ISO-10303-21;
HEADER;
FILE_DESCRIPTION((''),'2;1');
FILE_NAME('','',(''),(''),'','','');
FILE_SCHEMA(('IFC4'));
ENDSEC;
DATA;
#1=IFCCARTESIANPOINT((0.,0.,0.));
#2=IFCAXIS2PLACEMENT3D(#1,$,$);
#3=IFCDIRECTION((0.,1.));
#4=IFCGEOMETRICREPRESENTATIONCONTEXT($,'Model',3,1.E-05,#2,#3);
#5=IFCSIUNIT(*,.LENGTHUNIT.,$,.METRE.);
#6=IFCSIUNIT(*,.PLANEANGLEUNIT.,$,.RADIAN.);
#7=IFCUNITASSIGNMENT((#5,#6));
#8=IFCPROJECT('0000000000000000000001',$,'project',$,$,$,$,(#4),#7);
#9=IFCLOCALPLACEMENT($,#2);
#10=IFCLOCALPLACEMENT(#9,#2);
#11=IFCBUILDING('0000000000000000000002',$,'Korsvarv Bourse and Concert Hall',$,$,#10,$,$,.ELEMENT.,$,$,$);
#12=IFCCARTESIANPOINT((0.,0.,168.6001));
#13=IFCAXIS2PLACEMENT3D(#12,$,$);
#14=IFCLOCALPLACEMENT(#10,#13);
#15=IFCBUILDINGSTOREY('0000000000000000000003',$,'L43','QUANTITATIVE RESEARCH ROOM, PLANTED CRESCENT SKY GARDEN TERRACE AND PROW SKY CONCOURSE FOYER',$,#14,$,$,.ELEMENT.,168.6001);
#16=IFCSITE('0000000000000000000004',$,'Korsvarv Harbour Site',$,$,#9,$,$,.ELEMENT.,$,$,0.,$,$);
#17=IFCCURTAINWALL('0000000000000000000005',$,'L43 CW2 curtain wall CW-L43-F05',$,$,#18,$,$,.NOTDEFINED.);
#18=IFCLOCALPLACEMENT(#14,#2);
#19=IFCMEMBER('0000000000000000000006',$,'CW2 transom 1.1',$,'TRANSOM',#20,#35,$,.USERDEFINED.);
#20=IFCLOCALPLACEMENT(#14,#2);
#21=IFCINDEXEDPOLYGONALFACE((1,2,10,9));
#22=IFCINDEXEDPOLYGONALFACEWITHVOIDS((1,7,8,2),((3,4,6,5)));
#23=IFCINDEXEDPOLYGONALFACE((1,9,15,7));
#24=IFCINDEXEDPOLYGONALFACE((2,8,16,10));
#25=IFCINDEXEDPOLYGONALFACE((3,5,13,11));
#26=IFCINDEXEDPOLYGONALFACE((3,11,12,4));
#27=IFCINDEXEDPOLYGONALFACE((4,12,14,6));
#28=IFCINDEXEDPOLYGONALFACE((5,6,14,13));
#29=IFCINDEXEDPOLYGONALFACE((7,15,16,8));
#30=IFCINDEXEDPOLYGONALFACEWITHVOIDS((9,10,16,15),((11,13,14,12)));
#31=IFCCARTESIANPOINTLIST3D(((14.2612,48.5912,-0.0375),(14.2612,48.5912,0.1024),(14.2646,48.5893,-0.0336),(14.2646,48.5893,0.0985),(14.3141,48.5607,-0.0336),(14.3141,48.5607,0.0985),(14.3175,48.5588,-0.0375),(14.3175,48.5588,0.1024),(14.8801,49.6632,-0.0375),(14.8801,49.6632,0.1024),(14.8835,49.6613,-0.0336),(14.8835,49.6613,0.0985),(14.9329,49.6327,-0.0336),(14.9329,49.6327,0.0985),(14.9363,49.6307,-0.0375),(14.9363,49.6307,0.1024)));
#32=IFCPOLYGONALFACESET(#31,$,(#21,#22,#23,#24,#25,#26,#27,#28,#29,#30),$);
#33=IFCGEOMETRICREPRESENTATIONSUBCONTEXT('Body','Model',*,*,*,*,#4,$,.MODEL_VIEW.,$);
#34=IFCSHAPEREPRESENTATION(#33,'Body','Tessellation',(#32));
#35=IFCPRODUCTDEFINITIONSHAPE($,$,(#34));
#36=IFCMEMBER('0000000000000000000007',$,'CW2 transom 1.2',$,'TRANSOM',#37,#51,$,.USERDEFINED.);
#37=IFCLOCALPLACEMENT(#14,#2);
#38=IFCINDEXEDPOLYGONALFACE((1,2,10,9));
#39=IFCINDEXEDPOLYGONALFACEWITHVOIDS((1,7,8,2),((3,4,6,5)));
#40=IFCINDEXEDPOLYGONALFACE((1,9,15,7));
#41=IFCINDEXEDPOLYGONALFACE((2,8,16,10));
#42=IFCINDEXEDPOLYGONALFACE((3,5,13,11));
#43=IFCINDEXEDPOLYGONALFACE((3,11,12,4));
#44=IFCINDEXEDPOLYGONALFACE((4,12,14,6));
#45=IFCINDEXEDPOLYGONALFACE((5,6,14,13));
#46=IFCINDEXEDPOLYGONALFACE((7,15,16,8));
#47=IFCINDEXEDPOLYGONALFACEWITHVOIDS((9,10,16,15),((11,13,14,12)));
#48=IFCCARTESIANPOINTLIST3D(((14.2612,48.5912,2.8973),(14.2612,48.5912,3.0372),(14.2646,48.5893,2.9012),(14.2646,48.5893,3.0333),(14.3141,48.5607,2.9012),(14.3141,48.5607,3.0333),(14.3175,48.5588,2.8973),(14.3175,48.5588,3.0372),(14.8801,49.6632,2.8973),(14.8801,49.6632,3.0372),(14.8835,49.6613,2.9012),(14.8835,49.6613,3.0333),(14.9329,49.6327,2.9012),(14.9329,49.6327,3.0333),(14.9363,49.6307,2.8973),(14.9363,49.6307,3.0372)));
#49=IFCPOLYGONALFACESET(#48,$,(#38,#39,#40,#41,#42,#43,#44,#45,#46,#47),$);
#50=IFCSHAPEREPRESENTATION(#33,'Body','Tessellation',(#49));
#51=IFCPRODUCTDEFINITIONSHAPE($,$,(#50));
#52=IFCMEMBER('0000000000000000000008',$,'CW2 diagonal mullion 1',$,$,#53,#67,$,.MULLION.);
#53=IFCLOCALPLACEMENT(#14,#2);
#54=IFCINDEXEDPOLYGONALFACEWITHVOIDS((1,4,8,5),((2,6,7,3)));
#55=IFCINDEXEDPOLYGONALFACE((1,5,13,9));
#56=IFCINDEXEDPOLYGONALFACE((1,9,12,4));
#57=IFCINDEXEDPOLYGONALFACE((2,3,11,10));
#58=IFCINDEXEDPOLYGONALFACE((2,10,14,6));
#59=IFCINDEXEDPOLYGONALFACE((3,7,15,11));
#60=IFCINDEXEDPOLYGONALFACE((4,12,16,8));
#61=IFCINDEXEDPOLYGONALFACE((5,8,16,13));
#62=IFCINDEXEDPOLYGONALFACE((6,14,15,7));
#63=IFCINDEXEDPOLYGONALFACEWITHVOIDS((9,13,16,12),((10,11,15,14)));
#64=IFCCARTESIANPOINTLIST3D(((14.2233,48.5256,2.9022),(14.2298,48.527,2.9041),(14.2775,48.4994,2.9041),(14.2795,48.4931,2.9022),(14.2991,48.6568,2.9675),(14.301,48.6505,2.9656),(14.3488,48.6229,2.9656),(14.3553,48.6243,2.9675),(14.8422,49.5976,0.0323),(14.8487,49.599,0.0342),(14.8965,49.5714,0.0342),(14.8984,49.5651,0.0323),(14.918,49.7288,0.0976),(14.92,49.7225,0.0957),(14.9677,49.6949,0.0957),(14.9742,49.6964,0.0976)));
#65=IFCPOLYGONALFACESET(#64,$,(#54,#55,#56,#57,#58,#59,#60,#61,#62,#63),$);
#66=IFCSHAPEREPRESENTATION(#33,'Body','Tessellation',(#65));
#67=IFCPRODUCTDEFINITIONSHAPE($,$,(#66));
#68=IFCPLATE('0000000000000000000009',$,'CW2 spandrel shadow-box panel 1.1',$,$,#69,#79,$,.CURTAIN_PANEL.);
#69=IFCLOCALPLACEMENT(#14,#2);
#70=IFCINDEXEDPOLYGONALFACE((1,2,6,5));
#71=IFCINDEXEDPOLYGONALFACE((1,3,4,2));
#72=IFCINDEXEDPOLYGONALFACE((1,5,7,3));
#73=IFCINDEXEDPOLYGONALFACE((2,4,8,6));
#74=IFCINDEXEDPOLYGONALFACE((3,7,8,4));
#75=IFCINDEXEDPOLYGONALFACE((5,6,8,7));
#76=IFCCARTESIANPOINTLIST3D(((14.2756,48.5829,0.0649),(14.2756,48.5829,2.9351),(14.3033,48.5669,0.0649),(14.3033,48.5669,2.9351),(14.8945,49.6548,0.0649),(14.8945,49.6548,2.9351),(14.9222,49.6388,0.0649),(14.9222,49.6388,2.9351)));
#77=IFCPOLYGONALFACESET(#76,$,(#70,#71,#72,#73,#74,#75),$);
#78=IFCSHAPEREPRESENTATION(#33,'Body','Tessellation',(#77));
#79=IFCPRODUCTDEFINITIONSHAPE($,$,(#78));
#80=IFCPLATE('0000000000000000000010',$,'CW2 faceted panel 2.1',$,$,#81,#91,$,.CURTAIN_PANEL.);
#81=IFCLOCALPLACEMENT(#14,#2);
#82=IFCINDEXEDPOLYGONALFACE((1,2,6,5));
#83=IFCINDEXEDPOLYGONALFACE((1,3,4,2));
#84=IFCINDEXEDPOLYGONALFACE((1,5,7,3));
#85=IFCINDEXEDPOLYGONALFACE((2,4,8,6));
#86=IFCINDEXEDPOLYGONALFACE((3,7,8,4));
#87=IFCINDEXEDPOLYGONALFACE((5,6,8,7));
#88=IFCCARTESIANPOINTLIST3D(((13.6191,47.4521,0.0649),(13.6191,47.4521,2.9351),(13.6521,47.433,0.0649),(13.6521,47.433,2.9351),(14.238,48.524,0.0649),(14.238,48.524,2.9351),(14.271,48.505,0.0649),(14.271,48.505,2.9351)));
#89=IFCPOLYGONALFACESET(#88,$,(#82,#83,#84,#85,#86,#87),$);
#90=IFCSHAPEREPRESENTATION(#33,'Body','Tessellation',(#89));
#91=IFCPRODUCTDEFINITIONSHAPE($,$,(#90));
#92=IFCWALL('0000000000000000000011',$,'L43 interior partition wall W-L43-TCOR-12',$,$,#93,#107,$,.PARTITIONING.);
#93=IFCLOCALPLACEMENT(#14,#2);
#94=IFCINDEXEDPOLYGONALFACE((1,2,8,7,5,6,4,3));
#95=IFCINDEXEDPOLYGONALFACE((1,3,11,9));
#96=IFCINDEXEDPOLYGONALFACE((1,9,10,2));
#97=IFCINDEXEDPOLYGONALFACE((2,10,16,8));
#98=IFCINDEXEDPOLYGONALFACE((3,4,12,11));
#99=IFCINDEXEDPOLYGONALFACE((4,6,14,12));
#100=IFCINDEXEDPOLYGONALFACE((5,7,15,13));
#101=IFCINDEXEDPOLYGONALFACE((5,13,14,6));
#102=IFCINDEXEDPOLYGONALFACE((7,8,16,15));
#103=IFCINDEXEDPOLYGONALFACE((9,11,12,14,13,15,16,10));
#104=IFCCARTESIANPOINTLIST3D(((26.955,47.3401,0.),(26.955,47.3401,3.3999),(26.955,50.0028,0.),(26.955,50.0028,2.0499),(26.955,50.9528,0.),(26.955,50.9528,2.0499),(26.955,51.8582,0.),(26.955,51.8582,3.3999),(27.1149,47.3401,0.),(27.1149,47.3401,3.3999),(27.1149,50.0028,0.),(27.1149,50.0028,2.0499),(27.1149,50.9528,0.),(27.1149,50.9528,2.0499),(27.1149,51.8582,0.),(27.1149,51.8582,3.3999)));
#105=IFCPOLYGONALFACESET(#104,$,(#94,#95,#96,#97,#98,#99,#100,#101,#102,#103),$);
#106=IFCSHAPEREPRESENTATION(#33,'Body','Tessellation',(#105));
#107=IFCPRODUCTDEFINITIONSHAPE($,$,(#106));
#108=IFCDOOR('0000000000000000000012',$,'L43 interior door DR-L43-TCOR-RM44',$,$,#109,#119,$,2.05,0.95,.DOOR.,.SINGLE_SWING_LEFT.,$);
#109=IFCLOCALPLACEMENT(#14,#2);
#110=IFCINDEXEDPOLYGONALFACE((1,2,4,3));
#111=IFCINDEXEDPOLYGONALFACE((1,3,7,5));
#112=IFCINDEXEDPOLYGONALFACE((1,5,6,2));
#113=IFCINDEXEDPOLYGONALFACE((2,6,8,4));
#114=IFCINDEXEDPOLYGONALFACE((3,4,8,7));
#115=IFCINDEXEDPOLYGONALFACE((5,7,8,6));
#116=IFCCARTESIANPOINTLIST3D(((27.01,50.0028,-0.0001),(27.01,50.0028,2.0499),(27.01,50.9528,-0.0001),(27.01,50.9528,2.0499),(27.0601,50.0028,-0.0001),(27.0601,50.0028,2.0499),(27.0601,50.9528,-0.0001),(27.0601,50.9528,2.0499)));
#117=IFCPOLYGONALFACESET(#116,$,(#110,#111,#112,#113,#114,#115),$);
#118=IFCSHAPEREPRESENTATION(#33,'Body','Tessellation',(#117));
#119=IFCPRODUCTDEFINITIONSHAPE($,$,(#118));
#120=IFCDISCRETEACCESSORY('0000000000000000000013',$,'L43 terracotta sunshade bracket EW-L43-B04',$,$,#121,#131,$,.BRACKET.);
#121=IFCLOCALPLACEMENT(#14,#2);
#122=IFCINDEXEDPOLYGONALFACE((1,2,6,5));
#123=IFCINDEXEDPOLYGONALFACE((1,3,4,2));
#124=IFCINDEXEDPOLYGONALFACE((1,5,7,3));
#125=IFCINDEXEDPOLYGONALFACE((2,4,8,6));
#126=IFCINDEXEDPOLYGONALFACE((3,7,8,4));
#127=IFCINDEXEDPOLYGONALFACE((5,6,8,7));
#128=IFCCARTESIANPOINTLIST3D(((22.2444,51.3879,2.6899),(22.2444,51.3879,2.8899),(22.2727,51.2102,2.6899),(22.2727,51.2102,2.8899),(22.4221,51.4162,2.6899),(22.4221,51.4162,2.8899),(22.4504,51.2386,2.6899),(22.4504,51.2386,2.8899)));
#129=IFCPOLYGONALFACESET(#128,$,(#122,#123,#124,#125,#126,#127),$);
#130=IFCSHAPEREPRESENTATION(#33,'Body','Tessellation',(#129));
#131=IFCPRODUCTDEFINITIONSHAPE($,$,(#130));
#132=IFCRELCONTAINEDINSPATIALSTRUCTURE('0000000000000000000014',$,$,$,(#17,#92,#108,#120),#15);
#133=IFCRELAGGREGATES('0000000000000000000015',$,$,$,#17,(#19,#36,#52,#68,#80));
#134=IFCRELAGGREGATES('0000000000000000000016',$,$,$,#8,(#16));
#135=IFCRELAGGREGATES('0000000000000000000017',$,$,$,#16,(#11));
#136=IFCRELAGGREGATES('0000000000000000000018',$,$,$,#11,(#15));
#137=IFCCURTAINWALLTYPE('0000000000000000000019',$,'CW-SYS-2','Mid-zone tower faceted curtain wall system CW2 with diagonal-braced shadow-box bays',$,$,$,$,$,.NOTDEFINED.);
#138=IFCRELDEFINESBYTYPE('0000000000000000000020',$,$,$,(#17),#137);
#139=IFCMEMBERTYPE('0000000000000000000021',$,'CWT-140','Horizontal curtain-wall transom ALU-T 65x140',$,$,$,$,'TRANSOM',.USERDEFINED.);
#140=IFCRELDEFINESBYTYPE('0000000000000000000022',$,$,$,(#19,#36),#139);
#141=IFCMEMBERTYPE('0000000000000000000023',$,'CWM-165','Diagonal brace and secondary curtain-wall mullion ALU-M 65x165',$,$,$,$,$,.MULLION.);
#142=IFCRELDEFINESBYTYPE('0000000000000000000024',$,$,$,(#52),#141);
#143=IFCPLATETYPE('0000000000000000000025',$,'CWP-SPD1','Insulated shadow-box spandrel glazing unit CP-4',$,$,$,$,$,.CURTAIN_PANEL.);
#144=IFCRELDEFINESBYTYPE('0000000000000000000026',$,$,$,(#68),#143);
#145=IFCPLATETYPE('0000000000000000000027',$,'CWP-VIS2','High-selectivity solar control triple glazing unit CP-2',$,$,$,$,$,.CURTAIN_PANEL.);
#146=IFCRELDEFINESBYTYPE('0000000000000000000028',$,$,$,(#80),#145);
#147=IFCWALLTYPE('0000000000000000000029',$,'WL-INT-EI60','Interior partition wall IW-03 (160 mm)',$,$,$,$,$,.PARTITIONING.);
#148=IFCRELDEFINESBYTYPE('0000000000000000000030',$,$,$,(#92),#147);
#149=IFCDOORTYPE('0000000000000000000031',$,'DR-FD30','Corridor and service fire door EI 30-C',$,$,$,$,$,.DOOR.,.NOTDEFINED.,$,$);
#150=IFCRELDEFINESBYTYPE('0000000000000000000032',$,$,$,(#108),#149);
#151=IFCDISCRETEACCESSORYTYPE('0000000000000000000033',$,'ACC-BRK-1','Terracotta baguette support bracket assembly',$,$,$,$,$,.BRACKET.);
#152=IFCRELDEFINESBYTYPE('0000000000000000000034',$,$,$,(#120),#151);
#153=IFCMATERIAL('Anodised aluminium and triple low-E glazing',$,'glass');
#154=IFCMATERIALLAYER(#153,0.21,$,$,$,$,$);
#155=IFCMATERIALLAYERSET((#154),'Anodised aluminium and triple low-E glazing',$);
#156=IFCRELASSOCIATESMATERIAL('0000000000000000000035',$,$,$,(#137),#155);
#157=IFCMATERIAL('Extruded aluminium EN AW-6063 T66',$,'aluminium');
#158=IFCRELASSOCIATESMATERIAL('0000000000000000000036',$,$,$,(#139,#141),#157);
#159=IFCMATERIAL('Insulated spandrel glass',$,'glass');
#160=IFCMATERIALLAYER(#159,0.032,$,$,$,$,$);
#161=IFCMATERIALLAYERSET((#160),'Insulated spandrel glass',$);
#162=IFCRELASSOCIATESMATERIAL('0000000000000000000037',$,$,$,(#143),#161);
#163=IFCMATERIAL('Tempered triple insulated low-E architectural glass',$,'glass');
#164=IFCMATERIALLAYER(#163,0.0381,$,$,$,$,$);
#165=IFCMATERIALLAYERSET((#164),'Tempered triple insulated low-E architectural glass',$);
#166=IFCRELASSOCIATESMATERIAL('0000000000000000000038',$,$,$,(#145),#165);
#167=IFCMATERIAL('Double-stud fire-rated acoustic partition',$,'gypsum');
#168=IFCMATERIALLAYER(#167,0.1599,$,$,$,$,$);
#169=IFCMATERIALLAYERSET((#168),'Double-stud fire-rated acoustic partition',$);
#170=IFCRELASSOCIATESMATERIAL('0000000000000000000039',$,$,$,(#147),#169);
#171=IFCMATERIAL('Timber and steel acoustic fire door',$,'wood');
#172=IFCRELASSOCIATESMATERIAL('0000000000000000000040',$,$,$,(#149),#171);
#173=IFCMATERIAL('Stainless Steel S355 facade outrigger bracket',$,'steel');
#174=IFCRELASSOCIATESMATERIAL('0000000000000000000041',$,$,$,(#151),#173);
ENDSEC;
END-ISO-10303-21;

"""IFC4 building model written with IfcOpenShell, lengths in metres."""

from ifc_helpers import new_model, si_unit, direction, frame, frame_2d, origin, origin_2d, place, context, subcontext, project, spatial, rectangle, hollow_rectangle, extrude, source, transform, mapped, material, layer, layer_set, material_profile, profile_set, type_object, element, fill, aggregate, save


model = new_model("IFC4")

# Units and contexts
model_context = context("Model", 3, precision=1e-05, world=origin(), true_north=direction((0.0, 1.0)))
body_context = subcontext(model_context, "Body", "Model", "MODEL_VIEW")
ifc_project = project(units=[si_unit("LENGTHUNIT", "METRE"), si_unit("PLANEANGLEUNIT", "RADIAN")], contexts=[model_context])

# Site, building, storey
site_placement = place(None, origin())
site = spatial("IfcSite", under=ifc_project, at=site_placement, Name="Korsvarv Harbour Site", CompositionType="ELEMENT", RefElevation=0.0)
building_placement = place(site_placement, origin())
building = spatial("IfcBuilding", under=site, at=building_placement, Name="Korsvarv Bourse and Concert Hall", CompositionType="ELEMENT")
storey_placement = place(building_placement, frame((0.0, 0.0, 168.6001)))
storey = spatial("IfcBuildingStorey", under=building, at=storey_placement, Name="L43", Description="QUANTITATIVE RESEARCH ROOM, PLANTED CRESCENT SKY GARDEN TERRACE AND PROW SKY CONCOURSE FOYER", CompositionType="ELEMENT", Elevation=168.6001)

# Curtain wall, members, plates
ifc_material_1 = material(Name="Anodised aluminium and triple low-E glazing", Category="glass")
ifc_layer_1 = layer(ifc_material_1, 0.21)
ifc_layer_set_1 = layer_set([ifc_layer_1], Name="Anodised aluminium and triple low-E glazing")
curtain_wall_type = type_object("IfcCurtainWallType", Name="CW-SYS-2", Description="Mid-zone tower faceted curtain wall system CW2 with diagonal-braced shadow-box bays", PredefinedType="NOTDEFINED", material=ifc_layer_set_1)
curtain_wall_placement = place(storey_placement, origin())
curtain_wall = element("IfcCurtainWall", 1, at=curtain_wall_placement, inside=storey, type_object=curtain_wall_type, Name="L43 CW2 curtain wall CW-L43-F05", PredefinedType="NOTDEFINED")
ifc_material_2 = material(Name="Extruded aluminium EN AW-6063 T66", Category="aluminium")
ifc_material_profile_1 = material_profile(ifc_material_2, hollow_rectangle(XDim=0.0649, YDim=0.1399, WallThickness=0.0039, at=origin_2d()), Name="ALU-T 65x140")
ifc_profile_set_1 = profile_set([ifc_material_profile_1], Name="Extruded aluminium EN AW-6063 T66")
member_type_1 = type_object("IfcMemberType", Name="CWT-140", Description="Horizontal curtain-wall transom ALU-T 65x140", ElementType="TRANSOM", PredefinedType="USERDEFINED", material=ifc_profile_set_1)
shared_shape_1 = source(origin(), body_context, "Body", "SweptSolid", [
    extrude(hollow_rectangle(XDim=0.0649, YDim=0.1399, WallThickness=0.0039, at=origin_2d()), origin(), (0.0, 0.0, 1.0), 1.2378),
])
member_1_placement = place(storey_placement, frame((14.9082, 49.647, 0.0325), z_axis=(-0.499979, -0.866038, 0.0), x_axis=(0.866038, -0.499979, 0.0)))
member_1 = element("IfcMember", 2, at=member_1_placement, type_object=member_type_1, Name="CW2 transom 1.1", ObjectType="TRANSOM", PredefinedType="USERDEFINED", context=body_context, shape_type="MappedRepresentation", body=[
    mapped(shared_shape_1, transform((0.0, 0.0, 0.0), scale=1.0)),
])
member_2_placement = place(storey_placement, frame((14.9082, 49.647, 2.9673), z_axis=(-0.499979, -0.866038, 0.0), x_axis=(0.866038, -0.499979, 0.0)))
member_2 = element("IfcMember", 3, at=member_2_placement, type_object=member_type_1, Name="CW2 transom 1.2", ObjectType="TRANSOM", PredefinedType="USERDEFINED", context=body_context, shape_type="MappedRepresentation", body=[
    mapped(shared_shape_1, transform((0.0, 0.0, 0.0), scale=1.0)),
])
ifc_material_profile_2 = material_profile(ifc_material_2, hollow_rectangle(XDim=0.0649, YDim=0.165, WallThickness=0.0049, at=origin_2d()), Name="ALU-M 65x165")
ifc_profile_set_2 = profile_set([ifc_material_profile_2], Name="Extruded aluminium EN AW-6063 T66")
member_type_2 = type_object("IfcMemberType", Name="CWM-165", Description="Diagonal brace and secondary curtain-wall mullion ALU-M 65x165", PredefinedType="MULLION", material=ifc_profile_set_2)
shared_shape_2 = source(origin(), body_context, "Body", "SweptSolid", [
    extrude(hollow_rectangle(XDim=0.0649, YDim=0.165, WallThickness=0.0049, at=origin_2d()), origin(), (0.0, 0.0, 1.0), 3.1255),
])
member_3_placement = place(storey_placement, frame((14.9082, 49.647, 0.0649), z_axis=(-0.198018, -0.342998, 0.918227), x_axis=(0.866038, -0.499979, 0.0)))
member_3 = element("IfcMember", 4, at=member_3_placement, type_object=member_type_2, Name="CW2 diagonal mullion 1", PredefinedType="MULLION", context=body_context, shape_type="MappedRepresentation", body=[
    mapped(shared_shape_2, transform((0.0, 0.0, 0.0), scale=1.0)),
])
ifc_material_3 = material(Name="Insulated spandrel glass", Category="glass")
ifc_layer_2 = layer(ifc_material_3, 0.032)
ifc_layer_set_2 = layer_set([ifc_layer_2], Name="Insulated spandrel glass")
plate_type_1 = type_object("IfcPlateType", Name="CWP-SPD1", Description="Insulated shadow-box spandrel glazing unit CP-4", PredefinedType="CURTAIN_PANEL", material=ifc_layer_set_2)
shared_shape_3 = source(origin(), body_context, "Body", "SweptSolid", [
    extrude(rectangle(XDim=1.2378, YDim=0.032, at=origin_2d()), origin(), (0.0, 0.0, 1.0), 2.8701),
])
plate_1_placement = place(storey_placement, frame((14.5989, 49.1108, 0.0649), z_axis=(0.0, 0.0, 1.0), x_axis=(-0.500032, -0.866007, 0.0)))
plate_1 = element("IfcPlate", 5, at=plate_1_placement, type_object=plate_type_1, Name="CW2 spandrel shadow-box panel 1.1", PredefinedType="CURTAIN_PANEL", context=body_context, shape_type="MappedRepresentation", body=[
    mapped(shared_shape_3, transform((0.0, 0.0, 0.0), scale=1.0)),
])
ifc_material_4 = material(Name="Tempered triple insulated low-E architectural glass", Category="glass")
ifc_layer_3 = layer(ifc_material_4, 0.0381)
ifc_layer_set_3 = layer_set([ifc_layer_3], Name="Tempered triple insulated low-E architectural glass")
plate_type_2 = type_object("IfcPlateType", Name="CWP-VIS2", Description="High-selectivity solar control triple glazing unit CP-2", PredefinedType="CURTAIN_PANEL", material=ifc_layer_set_3)
shared_shape_4 = source(origin(), body_context, "Body", "SweptSolid", [
    extrude(rectangle(XDim=1.2378, YDim=0.0381, at=origin_2d()), origin(), (0.0, 0.0, 1.0), 2.8701),
])
plate_2_placement = place(storey_placement, frame((13.9451, 47.9785, 0.0649), z_axis=(0.0, 0.0, 1.0), x_axis=(-0.500032, -0.866007, 0.0)))
plate_2 = element("IfcPlate", 6, at=plate_2_placement, type_object=plate_type_2, Name="CW2 faceted panel 2.1", PredefinedType="CURTAIN_PANEL", context=body_context, shape_type="MappedRepresentation", body=[
    mapped(shared_shape_4, transform((0.0, 0.0, 0.0), scale=1.0)),
])
aggregate(curtain_wall, [member_1, member_2, member_3, plate_1, plate_2])

# Wall, opening, door
ifc_material_5 = material(Name="Double-stud fire-rated acoustic partition", Category="gypsum")
ifc_layer_4 = layer(ifc_material_5, 0.1599)
ifc_layer_set_4 = layer_set([ifc_layer_4], Name="Double-stud fire-rated acoustic partition")
wall_type = type_object("IfcWallType", Name="WL-INT-EI60", Description="Interior partition wall IW-03 (160 mm)", PredefinedType="PARTITIONING", material=ifc_layer_set_4)
wall_placement = place(storey_placement, frame((27.0349, 47.3401, 0.0), z_axis=(0.0, 0.0, 1.0), x_axis=(0.0, 1.0, 0.0)))
wall = element("IfcWall", 7, at=wall_placement, inside=storey, type_object=wall_type, Name="L43 interior partition wall W-L43-TCOR-12", PredefinedType="PARTITIONING", context=body_context, shape_type="SweptSolid", body=[
    extrude(rectangle(XDim=4.5181, YDim=0.1599, at=frame_2d((2.259, 0.0))), origin(), (0.0, 0.0, 1.0), 3.3999),
])
opening_placement = place(wall_placement, frame((2.6626, 0.0, 0.0)))
opening = element("IfcOpeningElement", 8, at=opening_placement, cuts=wall, PredefinedType="OPENING", context=body_context, shape_type="SweptSolid", body=[
    extrude(rectangle(XDim=0.95, YDim=2.05, at=frame_2d((0.4751, 1.0249))), frame((0.0, 0.0898, 0.0), z_axis=(0.0, -1.0, 0.0), x_axis=(1.0, 0.0, 0.0)), (0.0, 0.0, 1.0), 0.1799),
])
ifc_material_6 = material(Name="Timber and steel acoustic fire door", Category="wood")
door_type = type_object("IfcDoorType", Name="DR-FD30", Description="Corridor and service fire door EI 30-C", OperationType="NOTDEFINED", PredefinedType="DOOR", material=ifc_material_6)
door_placement = place(opening_placement, origin())
door = element("IfcDoor", 9, at=door_placement, inside=storey, type_object=door_type, Name="L43 interior door DR-L43-TCOR-RM44", OperationType="SINGLE_SWING_LEFT", OverallHeight=2.05, OverallWidth=0.95, PredefinedType="DOOR", context=body_context, shape_type="SweptSolid", body=[
    extrude(rectangle(XDim=0.95, YDim=2.05, at=frame_2d((0.4751, 1.0249))), frame((0.0, 0.0249, 0.0), z_axis=(0.0, -1.0, 0.0), x_axis=(1.0, 0.0, 0.0)), (0.0, 0.0, 1.0), 0.05),
])
fill(opening, door)

# Discrete accessory
ifc_material_7 = material(Name="Stainless Steel S355 facade outrigger bracket", Category="steel")
discrete_accessory_type = type_object("IfcDiscreteAccessoryType", Name="ACC-BRK-1", Description="Terracotta baguette support bracket assembly", PredefinedType="BRACKET", material=ifc_material_7)
shared_shape_5 = source(origin(), body_context, "Body", "SweptSolid", [
    extrude(rectangle(XDim=0.1799, YDim=0.1799, at=origin_2d()), origin(), (0.0, 0.0, 1.0), 0.2),
])
discrete_accessory_placement = place(storey_placement, frame((22.3474, 51.3132, 2.6899), z_axis=(0.0, 0.0, 1.0), x_axis=(-0.987524, -0.157469, 0.0)))
element("IfcDiscreteAccessory", 10, at=discrete_accessory_placement, inside=storey, type_object=discrete_accessory_type, Name="L43 terracotta sunshade bracket EW-L43-B04", PredefinedType="BRACKET", context=body_context, shape_type="MappedRepresentation", body=[
    mapped(shared_shape_5, transform((0.0, 0.0, 0.0), scale=1.0)),
])

save(model, "model.ifc")
